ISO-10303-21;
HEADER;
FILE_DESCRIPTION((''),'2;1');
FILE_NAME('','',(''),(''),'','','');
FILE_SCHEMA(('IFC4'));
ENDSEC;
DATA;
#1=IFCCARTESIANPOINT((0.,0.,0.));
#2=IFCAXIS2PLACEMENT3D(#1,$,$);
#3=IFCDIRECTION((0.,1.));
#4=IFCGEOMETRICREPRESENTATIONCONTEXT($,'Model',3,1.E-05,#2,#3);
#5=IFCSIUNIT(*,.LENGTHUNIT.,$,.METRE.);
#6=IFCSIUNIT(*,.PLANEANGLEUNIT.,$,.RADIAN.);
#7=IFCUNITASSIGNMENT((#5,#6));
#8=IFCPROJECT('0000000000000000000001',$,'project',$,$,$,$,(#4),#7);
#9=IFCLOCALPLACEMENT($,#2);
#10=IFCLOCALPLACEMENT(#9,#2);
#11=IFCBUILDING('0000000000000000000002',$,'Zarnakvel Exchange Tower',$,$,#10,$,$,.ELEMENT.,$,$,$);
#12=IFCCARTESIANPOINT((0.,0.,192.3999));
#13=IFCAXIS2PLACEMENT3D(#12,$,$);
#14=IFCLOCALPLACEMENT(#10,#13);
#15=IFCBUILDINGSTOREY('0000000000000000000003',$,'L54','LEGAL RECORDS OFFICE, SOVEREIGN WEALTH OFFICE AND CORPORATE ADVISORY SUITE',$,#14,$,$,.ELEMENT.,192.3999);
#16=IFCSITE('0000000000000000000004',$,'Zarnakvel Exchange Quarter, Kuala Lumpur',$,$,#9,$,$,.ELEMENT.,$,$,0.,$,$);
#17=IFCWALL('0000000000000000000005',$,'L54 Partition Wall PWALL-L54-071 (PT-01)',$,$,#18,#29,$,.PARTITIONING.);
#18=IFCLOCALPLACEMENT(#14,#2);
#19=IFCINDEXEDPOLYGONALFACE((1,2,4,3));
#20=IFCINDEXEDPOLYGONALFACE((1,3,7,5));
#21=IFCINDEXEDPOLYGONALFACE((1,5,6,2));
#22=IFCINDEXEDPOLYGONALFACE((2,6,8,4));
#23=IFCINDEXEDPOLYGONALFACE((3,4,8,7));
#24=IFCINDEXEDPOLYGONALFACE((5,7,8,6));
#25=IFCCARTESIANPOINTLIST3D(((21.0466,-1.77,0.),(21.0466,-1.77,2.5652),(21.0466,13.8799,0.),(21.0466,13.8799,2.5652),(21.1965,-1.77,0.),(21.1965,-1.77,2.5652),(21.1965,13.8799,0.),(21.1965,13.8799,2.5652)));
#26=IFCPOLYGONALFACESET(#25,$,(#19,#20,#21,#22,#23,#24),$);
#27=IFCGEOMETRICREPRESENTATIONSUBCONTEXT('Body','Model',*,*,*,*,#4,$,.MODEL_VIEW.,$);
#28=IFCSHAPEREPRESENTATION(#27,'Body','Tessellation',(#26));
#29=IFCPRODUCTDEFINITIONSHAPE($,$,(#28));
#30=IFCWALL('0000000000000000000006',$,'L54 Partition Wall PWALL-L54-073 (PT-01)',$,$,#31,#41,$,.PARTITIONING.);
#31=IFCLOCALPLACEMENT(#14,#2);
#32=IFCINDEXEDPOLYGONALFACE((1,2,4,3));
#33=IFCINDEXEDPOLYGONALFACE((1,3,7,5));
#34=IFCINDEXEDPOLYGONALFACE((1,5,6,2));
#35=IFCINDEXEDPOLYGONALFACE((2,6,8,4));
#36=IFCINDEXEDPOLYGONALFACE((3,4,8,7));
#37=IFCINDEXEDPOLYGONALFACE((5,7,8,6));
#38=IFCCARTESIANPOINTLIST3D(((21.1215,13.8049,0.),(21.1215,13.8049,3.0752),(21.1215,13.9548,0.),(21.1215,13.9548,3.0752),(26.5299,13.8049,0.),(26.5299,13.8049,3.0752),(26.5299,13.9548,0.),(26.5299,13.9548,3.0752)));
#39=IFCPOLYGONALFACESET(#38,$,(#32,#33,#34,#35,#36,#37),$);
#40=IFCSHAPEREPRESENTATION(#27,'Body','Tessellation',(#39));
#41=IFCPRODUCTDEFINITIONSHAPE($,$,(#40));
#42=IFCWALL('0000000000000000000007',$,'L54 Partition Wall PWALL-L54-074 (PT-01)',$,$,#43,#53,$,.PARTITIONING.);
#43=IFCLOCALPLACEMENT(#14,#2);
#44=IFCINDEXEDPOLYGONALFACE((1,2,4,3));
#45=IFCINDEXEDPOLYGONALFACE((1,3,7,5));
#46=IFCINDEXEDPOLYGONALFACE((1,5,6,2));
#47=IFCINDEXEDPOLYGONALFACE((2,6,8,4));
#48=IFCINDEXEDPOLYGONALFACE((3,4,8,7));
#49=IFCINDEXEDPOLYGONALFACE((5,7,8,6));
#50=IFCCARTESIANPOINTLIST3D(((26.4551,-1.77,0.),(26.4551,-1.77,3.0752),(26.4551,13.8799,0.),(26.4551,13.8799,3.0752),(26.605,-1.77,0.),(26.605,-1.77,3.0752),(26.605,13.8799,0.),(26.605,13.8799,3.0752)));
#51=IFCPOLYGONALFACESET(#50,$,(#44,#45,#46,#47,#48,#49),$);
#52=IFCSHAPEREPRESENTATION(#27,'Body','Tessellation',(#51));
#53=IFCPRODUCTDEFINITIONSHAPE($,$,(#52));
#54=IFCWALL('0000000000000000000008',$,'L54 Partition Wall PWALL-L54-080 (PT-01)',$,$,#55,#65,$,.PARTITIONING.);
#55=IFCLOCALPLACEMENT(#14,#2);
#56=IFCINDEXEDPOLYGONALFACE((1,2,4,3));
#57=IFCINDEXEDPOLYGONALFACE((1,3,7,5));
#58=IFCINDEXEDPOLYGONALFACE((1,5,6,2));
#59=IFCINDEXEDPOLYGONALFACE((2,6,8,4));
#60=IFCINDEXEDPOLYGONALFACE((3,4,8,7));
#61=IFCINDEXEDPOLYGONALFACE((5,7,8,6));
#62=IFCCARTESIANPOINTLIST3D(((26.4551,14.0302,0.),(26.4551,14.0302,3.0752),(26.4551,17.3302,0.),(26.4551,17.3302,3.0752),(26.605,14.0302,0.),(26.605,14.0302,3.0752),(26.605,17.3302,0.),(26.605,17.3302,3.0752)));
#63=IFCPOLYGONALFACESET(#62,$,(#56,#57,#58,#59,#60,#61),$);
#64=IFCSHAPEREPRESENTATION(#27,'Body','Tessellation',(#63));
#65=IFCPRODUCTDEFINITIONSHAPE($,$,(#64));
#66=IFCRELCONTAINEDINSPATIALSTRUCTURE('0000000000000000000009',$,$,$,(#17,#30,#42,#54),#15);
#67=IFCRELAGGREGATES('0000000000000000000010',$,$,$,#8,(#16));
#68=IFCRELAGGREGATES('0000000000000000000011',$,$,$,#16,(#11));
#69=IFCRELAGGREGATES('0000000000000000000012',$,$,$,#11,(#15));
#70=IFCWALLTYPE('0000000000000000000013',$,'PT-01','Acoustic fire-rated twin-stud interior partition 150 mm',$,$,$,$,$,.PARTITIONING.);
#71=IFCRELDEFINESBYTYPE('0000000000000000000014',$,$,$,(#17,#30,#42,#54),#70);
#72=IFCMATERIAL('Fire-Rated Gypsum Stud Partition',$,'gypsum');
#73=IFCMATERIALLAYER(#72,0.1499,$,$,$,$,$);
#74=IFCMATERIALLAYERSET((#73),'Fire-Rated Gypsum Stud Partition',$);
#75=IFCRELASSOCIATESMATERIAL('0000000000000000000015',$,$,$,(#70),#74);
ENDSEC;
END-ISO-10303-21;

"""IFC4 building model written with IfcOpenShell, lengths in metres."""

from ifc_helpers import new_model, si_unit, direction, frame, frame_2d, origin, place, context, subcontext, project, spatial, rectangle, extrude, material, layer, layer_set, type_object, element, save


model = new_model("IFC4")

# Units and contexts
model_context = context("Model", 3, precision=1e-05, world=origin(), true_north=direction((0.0, 1.0)))
body_context = subcontext(model_context, "Body", "Model", "MODEL_VIEW")
ifc_project = project(units=[si_unit("LENGTHUNIT", "METRE"), si_unit("PLANEANGLEUNIT", "RADIAN")], contexts=[model_context])

# Site, building, storey
site_placement = place(None, origin())
site = spatial("IfcSite", under=ifc_project, at=site_placement, Name="Zarnakvel Exchange Quarter, Kuala Lumpur", CompositionType="ELEMENT", RefElevation=0.0)
building_placement = place(site_placement, origin())
building = spatial("IfcBuilding", under=site, at=building_placement, Name="Zarnakvel Exchange Tower", CompositionType="ELEMENT")
storey_placement = place(building_placement, frame((0.0, 0.0, 192.3999)))
storey = spatial("IfcBuildingStorey", under=building, at=storey_placement, Name="L54", Description="LEGAL RECORDS OFFICE, SOVEREIGN WEALTH OFFICE AND CORPORATE ADVISORY SUITE", CompositionType="ELEMENT", Elevation=192.3999)

# Walls
ifc_material_1 = material(Name="Fire-Rated Gypsum Stud Partition", Category="gypsum")
ifc_layer_1 = layer(ifc_material_1, 0.1499)
ifc_layer_set_1 = layer_set([ifc_layer_1], Name="Fire-Rated Gypsum Stud Partition")
wall_type_1 = type_object("IfcWallType", Name="PT-01", Description="Acoustic fire-rated twin-stud interior partition 150 mm", PredefinedType="PARTITIONING", material=ifc_layer_set_1)
wall_1_placement = place(storey_placement, frame((21.1216, 13.8799, 0.0), z_axis=(0.0, 0.0, 1.0), x_axis=(0.0, -1.0, 0.0)))
element("IfcWall", 1, at=wall_1_placement, inside=storey, type_object=wall_type_1, Name="L54 Partition Wall PWALL-L54-071 (PT-01)", PredefinedType="PARTITIONING", context=body_context, shape_type="SweptSolid", body=[
    extrude(rectangle(XDim=15.6499, YDim=0.1499, at=frame_2d((7.825, 0.0))), origin(), (0.0, 0.0, 1.0), 2.5652),
])
wall_2_placement = place(storey_placement, frame((21.1216, 13.8799, 0.0), z_axis=(0.0, 0.0, 1.0), x_axis=(1.0, 0.0, 0.0)))
element("IfcWall", 2, at=wall_2_placement, inside=storey, type_object=wall_type_1, Name="L54 Partition Wall PWALL-L54-073 (PT-01)", PredefinedType="PARTITIONING", context=body_context, shape_type="SweptSolid", body=[
    extrude(rectangle(XDim=5.4084, YDim=0.1499, at=frame_2d((2.7041, 0.0))), origin(), (0.0, 0.0, 1.0), 3.0752),
])
wall_3_placement = place(storey_placement, frame((26.53, 13.8799, 0.0), z_axis=(0.0, 0.0, 1.0), x_axis=(0.0, -1.0, 0.0)))
element("IfcWall", 3, at=wall_3_placement, inside=storey, type_object=wall_type_1, Name="L54 Partition Wall PWALL-L54-074 (PT-01)", PredefinedType="PARTITIONING", context=body_context, shape_type="SweptSolid", body=[
    extrude(rectangle(XDim=15.6499, YDim=0.1499, at=frame_2d((7.825, 0.0))), origin(), (0.0, 0.0, 1.0), 3.0752),
])
wall_4_placement = place(storey_placement, frame((26.53, 17.3301, 0.0), z_axis=(0.0, 0.0, 1.0), x_axis=(0.0, -1.0, 0.0)))
element("IfcWall", 4, at=wall_4_placement, inside=storey, type_object=wall_type_1, Name="L54 Partition Wall PWALL-L54-080 (PT-01)", PredefinedType="PARTITIONING", context=body_context, shape_type="SweptSolid", body=[
    extrude(rectangle(XDim=3.3, YDim=0.1499, at=frame_2d((1.6499, 0.0))), origin(), (0.0, 0.0, 1.0), 3.0752),
])

save(model, "model.ifc")
